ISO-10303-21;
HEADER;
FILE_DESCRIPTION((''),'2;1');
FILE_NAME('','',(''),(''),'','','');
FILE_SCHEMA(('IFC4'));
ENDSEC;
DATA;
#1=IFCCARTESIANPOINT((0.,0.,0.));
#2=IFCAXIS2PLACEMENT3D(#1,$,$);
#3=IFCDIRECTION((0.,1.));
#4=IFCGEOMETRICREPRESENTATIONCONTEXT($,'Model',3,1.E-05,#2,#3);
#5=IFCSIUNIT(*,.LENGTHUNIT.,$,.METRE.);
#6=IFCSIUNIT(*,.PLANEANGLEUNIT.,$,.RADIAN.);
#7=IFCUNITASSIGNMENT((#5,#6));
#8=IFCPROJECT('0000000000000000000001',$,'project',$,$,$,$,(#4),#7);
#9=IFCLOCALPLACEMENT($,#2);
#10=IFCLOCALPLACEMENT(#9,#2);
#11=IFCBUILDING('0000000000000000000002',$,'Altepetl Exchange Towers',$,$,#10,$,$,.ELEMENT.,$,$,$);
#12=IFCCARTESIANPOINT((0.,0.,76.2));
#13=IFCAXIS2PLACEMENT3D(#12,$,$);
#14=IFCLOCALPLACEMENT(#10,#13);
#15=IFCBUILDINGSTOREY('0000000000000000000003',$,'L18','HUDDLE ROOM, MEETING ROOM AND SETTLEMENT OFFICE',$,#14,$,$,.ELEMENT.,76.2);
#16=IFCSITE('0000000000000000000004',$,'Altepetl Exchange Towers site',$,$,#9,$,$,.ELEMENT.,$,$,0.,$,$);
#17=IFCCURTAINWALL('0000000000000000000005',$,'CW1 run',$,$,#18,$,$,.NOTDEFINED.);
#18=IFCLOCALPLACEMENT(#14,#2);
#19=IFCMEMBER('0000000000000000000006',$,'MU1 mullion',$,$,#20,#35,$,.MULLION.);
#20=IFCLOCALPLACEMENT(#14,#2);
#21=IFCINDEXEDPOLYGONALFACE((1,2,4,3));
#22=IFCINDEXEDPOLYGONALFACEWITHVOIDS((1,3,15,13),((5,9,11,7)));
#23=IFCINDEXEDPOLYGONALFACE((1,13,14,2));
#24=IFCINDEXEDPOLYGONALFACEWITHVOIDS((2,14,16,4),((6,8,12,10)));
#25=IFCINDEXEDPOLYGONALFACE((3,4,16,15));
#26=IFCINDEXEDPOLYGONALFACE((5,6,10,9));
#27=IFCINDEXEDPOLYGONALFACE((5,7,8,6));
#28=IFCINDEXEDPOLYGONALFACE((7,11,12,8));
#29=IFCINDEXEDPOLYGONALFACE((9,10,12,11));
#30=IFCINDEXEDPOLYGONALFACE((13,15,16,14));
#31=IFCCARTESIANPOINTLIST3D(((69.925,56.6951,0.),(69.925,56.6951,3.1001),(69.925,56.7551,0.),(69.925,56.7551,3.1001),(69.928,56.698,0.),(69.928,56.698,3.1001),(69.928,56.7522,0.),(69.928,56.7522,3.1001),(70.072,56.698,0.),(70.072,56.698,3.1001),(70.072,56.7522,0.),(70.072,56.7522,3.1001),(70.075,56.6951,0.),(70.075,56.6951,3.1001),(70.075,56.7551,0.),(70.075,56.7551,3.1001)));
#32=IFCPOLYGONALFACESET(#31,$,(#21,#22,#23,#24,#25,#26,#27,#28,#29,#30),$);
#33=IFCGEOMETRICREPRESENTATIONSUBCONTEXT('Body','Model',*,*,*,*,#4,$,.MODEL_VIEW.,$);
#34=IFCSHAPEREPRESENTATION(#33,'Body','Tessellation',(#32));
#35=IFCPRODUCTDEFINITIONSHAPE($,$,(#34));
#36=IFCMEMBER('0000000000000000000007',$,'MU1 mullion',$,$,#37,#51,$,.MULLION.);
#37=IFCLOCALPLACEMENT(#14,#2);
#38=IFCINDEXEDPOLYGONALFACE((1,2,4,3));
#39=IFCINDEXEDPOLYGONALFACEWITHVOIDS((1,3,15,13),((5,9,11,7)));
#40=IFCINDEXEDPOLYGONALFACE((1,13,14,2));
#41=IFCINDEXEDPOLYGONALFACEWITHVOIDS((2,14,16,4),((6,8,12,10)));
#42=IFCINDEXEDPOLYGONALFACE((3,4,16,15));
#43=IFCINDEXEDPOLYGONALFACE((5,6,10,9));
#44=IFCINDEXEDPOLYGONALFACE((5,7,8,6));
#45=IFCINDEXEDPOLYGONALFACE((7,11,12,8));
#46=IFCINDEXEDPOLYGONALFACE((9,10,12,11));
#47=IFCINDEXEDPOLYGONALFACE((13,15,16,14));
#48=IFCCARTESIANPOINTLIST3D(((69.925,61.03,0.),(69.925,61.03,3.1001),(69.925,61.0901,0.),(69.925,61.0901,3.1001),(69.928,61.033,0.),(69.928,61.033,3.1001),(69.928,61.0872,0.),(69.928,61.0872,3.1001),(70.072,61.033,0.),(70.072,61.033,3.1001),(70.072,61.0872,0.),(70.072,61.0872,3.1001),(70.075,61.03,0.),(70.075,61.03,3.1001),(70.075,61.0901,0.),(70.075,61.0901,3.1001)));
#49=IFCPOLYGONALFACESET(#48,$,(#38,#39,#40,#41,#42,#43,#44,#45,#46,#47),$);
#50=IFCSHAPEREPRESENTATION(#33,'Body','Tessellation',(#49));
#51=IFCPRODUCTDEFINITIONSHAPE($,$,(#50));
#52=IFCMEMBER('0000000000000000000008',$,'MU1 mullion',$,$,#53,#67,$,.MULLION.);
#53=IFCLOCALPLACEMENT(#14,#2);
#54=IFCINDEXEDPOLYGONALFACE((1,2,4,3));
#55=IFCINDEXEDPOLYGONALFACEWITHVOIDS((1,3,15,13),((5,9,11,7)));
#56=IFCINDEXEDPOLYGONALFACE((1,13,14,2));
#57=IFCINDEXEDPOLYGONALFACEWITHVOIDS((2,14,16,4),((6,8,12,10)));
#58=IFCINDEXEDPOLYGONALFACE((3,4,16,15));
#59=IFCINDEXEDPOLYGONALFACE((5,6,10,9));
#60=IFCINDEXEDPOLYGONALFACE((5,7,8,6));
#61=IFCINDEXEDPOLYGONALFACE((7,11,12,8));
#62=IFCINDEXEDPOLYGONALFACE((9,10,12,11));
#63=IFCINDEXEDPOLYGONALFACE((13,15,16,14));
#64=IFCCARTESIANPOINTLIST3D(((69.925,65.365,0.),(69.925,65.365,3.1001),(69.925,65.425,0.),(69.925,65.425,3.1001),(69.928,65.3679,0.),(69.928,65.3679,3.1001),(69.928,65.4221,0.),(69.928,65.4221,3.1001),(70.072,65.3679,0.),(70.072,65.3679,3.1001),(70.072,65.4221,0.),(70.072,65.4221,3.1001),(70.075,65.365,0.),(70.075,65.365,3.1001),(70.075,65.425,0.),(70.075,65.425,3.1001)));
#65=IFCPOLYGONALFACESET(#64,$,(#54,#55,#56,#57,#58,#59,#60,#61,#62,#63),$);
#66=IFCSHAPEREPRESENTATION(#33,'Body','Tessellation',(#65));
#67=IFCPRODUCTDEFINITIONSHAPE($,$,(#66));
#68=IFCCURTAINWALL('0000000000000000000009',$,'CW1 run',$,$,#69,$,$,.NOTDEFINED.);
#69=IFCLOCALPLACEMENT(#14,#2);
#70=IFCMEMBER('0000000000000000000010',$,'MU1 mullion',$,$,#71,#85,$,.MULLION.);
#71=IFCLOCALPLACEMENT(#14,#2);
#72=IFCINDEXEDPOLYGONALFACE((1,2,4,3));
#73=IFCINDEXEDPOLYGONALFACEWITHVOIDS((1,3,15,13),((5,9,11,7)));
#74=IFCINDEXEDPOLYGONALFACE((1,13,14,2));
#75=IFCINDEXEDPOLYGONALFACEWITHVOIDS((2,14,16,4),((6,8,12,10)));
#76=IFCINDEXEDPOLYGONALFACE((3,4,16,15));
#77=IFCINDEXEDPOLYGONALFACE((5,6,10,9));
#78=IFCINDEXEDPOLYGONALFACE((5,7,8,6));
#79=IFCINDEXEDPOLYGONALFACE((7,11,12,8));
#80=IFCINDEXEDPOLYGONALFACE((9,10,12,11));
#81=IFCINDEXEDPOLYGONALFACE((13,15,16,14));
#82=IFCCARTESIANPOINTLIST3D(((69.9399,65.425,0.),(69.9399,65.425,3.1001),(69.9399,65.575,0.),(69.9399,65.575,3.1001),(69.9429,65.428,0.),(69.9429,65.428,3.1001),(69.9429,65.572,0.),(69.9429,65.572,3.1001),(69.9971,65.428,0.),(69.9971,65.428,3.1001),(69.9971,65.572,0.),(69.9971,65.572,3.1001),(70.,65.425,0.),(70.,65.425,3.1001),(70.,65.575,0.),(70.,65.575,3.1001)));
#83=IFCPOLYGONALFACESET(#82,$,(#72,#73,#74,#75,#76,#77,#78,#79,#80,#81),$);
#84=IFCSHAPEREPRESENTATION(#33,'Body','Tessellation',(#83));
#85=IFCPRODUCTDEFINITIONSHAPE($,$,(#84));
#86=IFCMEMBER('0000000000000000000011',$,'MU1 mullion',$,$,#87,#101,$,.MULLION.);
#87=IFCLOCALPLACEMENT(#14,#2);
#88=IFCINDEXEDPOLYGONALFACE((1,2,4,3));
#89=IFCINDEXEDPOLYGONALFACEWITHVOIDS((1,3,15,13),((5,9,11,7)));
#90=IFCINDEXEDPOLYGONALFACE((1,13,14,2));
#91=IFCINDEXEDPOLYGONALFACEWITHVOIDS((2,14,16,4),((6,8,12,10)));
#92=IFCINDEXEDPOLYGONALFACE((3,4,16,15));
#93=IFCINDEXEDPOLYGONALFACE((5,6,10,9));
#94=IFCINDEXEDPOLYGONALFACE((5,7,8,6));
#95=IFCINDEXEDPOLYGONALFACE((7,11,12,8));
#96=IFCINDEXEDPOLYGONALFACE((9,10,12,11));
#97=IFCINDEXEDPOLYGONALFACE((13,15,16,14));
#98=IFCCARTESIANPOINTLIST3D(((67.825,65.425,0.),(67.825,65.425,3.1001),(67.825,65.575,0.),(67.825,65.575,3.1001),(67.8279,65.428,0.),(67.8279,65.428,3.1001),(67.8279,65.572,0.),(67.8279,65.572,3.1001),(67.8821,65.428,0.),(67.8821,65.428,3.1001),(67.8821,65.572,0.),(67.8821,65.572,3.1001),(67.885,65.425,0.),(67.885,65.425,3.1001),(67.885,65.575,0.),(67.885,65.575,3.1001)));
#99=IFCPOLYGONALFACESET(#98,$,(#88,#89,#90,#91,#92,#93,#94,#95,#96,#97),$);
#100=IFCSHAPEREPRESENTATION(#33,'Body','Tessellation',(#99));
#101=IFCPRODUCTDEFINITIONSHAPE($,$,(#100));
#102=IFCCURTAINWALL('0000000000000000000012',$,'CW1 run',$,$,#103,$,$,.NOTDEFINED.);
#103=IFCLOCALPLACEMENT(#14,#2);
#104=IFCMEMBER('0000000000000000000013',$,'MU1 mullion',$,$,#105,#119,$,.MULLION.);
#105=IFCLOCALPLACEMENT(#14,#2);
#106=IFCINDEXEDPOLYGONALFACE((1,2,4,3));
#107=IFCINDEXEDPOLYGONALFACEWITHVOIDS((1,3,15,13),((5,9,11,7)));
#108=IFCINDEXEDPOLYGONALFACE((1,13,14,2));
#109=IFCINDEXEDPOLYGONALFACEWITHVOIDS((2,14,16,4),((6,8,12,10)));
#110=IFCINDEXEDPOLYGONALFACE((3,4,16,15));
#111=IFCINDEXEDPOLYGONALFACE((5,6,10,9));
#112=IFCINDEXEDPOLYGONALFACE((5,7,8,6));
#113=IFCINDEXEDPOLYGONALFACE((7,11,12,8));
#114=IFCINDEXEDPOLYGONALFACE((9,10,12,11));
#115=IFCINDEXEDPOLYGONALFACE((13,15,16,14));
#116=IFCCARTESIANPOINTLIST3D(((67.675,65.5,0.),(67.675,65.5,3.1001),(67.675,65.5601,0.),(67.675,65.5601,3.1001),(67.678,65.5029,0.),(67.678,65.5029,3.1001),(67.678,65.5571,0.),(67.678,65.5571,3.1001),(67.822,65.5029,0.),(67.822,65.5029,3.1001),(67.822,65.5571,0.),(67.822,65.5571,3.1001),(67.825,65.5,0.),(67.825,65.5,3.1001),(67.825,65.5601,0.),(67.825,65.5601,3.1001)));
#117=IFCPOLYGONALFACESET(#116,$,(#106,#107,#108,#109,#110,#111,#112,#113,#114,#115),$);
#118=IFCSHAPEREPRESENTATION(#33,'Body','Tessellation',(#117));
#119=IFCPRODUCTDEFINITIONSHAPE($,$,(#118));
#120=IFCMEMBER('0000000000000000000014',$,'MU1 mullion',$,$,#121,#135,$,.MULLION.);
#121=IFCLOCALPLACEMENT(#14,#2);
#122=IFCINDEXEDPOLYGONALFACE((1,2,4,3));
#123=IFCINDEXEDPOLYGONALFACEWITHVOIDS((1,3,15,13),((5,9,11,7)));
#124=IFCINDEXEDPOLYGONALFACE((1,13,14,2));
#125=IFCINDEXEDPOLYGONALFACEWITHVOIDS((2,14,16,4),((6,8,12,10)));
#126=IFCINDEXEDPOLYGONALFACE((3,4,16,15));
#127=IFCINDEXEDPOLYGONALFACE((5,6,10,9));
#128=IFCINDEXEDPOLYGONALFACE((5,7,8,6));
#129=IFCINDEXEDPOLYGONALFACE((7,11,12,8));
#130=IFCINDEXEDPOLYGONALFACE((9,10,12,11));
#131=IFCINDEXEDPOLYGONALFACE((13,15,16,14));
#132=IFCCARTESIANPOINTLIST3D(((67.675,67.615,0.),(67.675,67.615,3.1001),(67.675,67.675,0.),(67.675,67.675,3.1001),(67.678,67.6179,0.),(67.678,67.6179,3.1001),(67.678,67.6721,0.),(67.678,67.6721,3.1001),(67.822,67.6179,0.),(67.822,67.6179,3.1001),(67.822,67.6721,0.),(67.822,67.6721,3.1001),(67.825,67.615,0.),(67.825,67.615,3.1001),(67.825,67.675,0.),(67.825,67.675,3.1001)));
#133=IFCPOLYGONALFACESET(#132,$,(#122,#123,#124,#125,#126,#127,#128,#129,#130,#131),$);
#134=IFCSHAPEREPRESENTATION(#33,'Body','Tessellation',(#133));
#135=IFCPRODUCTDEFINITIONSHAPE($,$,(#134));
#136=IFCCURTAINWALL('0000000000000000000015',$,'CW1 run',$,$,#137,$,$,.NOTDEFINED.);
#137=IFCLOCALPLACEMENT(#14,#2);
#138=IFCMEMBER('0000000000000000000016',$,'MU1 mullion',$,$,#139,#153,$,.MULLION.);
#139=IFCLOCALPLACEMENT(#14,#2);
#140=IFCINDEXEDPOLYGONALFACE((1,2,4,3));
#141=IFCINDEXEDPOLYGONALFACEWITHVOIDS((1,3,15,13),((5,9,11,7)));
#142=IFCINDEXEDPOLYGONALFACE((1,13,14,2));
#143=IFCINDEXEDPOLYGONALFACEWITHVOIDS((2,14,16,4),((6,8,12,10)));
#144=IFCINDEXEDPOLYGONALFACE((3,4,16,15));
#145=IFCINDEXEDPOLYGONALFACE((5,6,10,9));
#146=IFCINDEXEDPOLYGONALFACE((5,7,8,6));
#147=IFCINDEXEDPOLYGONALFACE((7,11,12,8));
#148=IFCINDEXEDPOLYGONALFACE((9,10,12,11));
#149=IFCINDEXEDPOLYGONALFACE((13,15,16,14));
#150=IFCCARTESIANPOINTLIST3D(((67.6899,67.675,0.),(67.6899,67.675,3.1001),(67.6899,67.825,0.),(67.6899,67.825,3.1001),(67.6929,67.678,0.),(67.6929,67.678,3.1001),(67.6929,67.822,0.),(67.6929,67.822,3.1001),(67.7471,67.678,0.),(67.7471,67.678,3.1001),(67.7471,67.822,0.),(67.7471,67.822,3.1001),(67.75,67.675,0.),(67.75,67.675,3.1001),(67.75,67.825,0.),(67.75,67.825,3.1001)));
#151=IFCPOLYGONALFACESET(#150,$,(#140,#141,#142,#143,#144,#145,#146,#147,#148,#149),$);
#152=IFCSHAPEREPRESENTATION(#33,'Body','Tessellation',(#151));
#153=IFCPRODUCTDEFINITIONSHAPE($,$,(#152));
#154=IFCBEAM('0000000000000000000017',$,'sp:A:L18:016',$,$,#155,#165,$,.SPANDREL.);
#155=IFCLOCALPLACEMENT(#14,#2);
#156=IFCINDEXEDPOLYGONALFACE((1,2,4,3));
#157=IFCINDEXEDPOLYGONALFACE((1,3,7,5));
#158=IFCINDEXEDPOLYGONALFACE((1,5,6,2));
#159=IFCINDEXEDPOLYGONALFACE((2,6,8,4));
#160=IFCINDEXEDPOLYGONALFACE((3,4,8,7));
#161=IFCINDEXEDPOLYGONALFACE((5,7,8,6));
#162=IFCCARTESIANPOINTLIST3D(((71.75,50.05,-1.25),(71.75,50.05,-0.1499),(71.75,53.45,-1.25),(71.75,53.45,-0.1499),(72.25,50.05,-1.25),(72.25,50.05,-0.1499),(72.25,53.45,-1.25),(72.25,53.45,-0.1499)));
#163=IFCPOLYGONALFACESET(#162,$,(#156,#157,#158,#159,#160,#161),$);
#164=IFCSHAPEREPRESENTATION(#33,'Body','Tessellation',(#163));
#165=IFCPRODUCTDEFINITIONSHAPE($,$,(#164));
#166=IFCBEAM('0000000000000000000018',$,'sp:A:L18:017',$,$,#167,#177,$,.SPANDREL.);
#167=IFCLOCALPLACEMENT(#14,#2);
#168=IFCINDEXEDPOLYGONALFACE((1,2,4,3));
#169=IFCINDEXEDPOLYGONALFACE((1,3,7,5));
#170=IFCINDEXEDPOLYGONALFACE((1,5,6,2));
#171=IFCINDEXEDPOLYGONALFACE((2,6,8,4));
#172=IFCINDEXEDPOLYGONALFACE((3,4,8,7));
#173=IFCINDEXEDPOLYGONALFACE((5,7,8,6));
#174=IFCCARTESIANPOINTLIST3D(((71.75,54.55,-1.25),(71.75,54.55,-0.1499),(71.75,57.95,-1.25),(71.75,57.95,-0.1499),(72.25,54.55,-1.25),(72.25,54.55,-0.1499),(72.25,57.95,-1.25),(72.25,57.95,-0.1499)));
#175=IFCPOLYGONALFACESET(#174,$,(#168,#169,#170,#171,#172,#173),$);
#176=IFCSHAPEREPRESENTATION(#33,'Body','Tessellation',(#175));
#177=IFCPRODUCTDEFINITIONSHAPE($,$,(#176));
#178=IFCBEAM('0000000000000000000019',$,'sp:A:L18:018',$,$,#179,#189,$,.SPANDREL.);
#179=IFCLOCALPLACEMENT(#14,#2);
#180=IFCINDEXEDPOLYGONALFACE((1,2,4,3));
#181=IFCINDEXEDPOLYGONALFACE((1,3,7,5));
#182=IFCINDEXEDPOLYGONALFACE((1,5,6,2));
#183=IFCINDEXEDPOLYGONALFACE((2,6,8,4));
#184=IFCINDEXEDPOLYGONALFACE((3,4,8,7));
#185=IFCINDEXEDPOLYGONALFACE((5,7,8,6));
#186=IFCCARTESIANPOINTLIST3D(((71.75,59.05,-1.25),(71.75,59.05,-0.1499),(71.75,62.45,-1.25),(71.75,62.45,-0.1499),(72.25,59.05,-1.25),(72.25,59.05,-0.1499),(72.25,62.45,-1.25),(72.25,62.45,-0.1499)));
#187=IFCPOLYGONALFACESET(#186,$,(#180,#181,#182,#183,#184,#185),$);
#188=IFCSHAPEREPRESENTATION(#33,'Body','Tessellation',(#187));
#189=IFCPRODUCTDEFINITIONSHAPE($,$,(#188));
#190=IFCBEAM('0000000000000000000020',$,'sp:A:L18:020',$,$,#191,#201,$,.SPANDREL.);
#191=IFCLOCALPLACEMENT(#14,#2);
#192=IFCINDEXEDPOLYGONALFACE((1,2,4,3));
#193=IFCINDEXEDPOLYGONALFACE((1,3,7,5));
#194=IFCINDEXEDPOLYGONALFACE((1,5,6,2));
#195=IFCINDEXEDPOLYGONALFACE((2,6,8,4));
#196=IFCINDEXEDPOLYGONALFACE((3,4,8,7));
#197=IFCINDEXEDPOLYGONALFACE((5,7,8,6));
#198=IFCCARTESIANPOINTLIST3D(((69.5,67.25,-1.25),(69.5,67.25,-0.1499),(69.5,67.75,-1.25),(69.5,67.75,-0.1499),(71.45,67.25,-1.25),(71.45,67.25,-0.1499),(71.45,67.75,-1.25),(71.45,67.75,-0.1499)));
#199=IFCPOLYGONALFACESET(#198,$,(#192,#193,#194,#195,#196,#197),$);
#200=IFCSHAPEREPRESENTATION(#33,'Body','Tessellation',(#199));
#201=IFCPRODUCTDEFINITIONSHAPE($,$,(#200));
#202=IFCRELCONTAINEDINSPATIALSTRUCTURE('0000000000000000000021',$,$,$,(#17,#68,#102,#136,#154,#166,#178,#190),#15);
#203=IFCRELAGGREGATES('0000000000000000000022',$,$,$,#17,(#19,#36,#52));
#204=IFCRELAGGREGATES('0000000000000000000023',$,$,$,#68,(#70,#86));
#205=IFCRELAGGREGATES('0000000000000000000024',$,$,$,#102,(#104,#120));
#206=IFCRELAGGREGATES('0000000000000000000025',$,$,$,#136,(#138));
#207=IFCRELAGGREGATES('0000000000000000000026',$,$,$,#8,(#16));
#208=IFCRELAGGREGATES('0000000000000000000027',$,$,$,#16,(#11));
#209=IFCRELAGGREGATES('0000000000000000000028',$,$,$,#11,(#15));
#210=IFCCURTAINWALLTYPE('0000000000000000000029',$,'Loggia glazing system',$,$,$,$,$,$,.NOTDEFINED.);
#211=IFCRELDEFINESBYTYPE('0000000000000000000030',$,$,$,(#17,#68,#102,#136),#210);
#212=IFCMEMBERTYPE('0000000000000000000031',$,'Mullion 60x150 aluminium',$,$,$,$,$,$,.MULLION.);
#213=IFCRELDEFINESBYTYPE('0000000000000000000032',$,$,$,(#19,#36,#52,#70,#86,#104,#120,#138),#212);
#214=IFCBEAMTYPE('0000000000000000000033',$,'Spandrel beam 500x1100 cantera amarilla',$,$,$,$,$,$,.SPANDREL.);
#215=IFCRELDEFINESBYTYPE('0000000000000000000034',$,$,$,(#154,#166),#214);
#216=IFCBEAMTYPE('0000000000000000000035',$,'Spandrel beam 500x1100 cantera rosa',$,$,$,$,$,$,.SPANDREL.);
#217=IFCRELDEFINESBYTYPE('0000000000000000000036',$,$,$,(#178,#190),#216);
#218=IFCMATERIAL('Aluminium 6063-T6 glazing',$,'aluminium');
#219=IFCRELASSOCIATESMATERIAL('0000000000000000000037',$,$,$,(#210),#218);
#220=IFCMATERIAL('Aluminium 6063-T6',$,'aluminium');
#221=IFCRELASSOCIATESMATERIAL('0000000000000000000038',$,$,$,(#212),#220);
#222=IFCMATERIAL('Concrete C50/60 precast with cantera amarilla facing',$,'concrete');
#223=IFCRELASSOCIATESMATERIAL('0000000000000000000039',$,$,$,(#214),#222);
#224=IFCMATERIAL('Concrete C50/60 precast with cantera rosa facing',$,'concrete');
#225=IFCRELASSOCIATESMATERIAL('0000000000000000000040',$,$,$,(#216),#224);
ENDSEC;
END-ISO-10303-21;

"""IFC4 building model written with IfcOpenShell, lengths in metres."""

from ifc_helpers import new_model, si_unit, direction, frame, origin, origin_2d, place, context, subcontext, project, spatial, rectangle, hollow_rectangle, extrude, material, material_profile, profile_set, type_object, element, aggregate, save


model = new_model("IFC4")

# Units and contexts
model_context = context("Model", 3, precision=1e-05, world=origin(), true_north=direction((0.0, 1.0)))
body_context = subcontext(model_context, "Body", "Model", "MODEL_VIEW")
ifc_project = project(units=[si_unit("LENGTHUNIT", "METRE"), si_unit("PLANEANGLEUNIT", "RADIAN")], contexts=[model_context])

# Site, building, storey
site_placement = place(None, origin())
site = spatial("IfcSite", under=ifc_project, at=site_placement, Name="Altepetl Exchange Towers site", CompositionType="ELEMENT", RefElevation=0.0)
building_placement = place(site_placement, origin())
building = spatial("IfcBuilding", under=site, at=building_placement, Name="Altepetl Exchange Towers", CompositionType="ELEMENT")
storey_placement = place(building_placement, frame((0.0, 0.0, 76.2)))
storey = spatial("IfcBuildingStorey", under=building, at=storey_placement, Name="L18", Description="HUDDLE ROOM, MEETING ROOM AND SETTLEMENT OFFICE", CompositionType="ELEMENT", Elevation=76.2)

# Curtain walls, members
ifc_material_1 = material(Name="Aluminium 6063-T6 glazing", Category="aluminium")
curtain_wall_type = type_object("IfcCurtainWallType", Name="Loggia glazing system", PredefinedType="NOTDEFINED", material=ifc_material_1)
ifc_material_2 = material(Name="Aluminium 6063-T6", Category="aluminium")
ifc_material_profile_1 = material_profile(ifc_material_2, hollow_rectangle(XDim=0.0601, YDim=0.1499, WallThickness=0.0029, at=origin_2d()), Name="Mullion 60x150 aluminium")
ifc_profile_set_1 = profile_set([ifc_material_profile_1], Name="Aluminium 6063-T6")
member_type = type_object("IfcMemberType", Name="Mullion 60x150 aluminium", PredefinedType="MULLION", material=ifc_profile_set_1)
curtain_wall_1_placement = place(storey_placement, origin())
curtain_wall_1 = element("IfcCurtainWall", 1, at=curtain_wall_1_placement, inside=storey, type_object=curtain_wall_type, Name="CW1 run", PredefinedType="NOTDEFINED")
member_1_placement = place(storey_placement, frame((70.0, 56.7251, 0.0), z_axis=(0.0, 0.0, 1.0), x_axis=(0.0, 1.0, 0.0)))
member_1 = element("IfcMember", 2, at=member_1_placement, type_object=member_type, Name="MU1 mullion", PredefinedType="MULLION", context=body_context, shape_type="SweptSolid", body=[
    extrude(hollow_rectangle(XDim=0.0601, YDim=0.1499, WallThickness=0.0029, at=origin_2d()), origin(), (0.0, 0.0, 1.0), 3.1001),
])
member_2_placement = place(storey_placement, frame((70.0, 61.0601, 0.0), z_axis=(0.0, 0.0, 1.0), x_axis=(0.0, 1.0, 0.0)))
member_2 = element("IfcMember", 3, at=member_2_placement, type_object=member_type, Name="MU1 mullion", PredefinedType="MULLION", context=body_context, shape_type="SweptSolid", body=[
    extrude(hollow_rectangle(XDim=0.0601, YDim=0.1499, WallThickness=0.0029, at=origin_2d()), origin(), (0.0, 0.0, 1.0), 3.1001),
])
member_3_placement = place(storey_placement, frame((70.0, 65.395, 0.0), z_axis=(0.0, 0.0, 1.0), x_axis=(0.0, 1.0, 0.0)))
member_3 = element("IfcMember", 4, at=member_3_placement, type_object=member_type, Name="MU1 mullion", PredefinedType="MULLION", context=body_context, shape_type="SweptSolid", body=[
    extrude(hollow_rectangle(XDim=0.0601, YDim=0.1499, WallThickness=0.0029, at=origin_2d()), origin(), (0.0, 0.0, 1.0), 3.1001),
])
curtain_wall_2_placement = place(storey_placement, origin())
curtain_wall_2 = element("IfcCurtainWall", 5, at=curtain_wall_2_placement, inside=storey, type_object=curtain_wall_type, Name="CW1 run", PredefinedType="NOTDEFINED")
member_4_placement = place(storey_placement, frame((69.97, 65.5, 0.0), z_axis=(0.0, 0.0, 1.0), x_axis=(-1.0, 0.0, 0.0)))
member_4 = element("IfcMember", 6, at=member_4_placement, type_object=member_type, Name="MU1 mullion", PredefinedType="MULLION", context=body_context, shape_type="SweptSolid", body=[
    extrude(hollow_rectangle(XDim=0.0601, YDim=0.1499, WallThickness=0.0029, at=origin_2d()), origin(), (0.0, 0.0, 1.0), 3.1001),
])
member_5_placement = place(storey_placement, frame((67.855, 65.5, 0.0), z_axis=(0.0, 0.0, 1.0), x_axis=(-1.0, 0.0, 0.0)))
member_5 = element("IfcMember", 7, at=member_5_placement, type_object=member_type, Name="MU1 mullion", PredefinedType="MULLION", context=body_context, shape_type="SweptSolid", body=[
    extrude(hollow_rectangle(XDim=0.0601, YDim=0.1499, WallThickness=0.0029, at=origin_2d()), origin(), (0.0, 0.0, 1.0), 3.1001),
])
curtain_wall_3_placement = place(storey_placement, origin())
curtain_wall_3 = element("IfcCurtainWall", 8, at=curtain_wall_3_placement, inside=storey, type_object=curtain_wall_type, Name="CW1 run", PredefinedType="NOTDEFINED")
member_6_placement = place(storey_placement, frame((67.75, 65.53, 0.0), z_axis=(0.0, 0.0, 1.0), x_axis=(0.0, 1.0, 0.0)))
member_6 = element("IfcMember", 9, at=member_6_placement, type_object=member_type, Name="MU1 mullion", PredefinedType="MULLION", context=body_context, shape_type="SweptSolid", body=[
    extrude(hollow_rectangle(XDim=0.0601, YDim=0.1499, WallThickness=0.0029, at=origin_2d()), origin(), (0.0, 0.0, 1.0), 3.1001),
])
member_7_placement = place(storey_placement, frame((67.75, 67.645, 0.0), z_axis=(0.0, 0.0, 1.0), x_axis=(0.0, 1.0, 0.0)))
member_7 = element("IfcMember", 10, at=member_7_placement, type_object=member_type, Name="MU1 mullion", PredefinedType="MULLION", context=body_context, shape_type="SweptSolid", body=[
    extrude(hollow_rectangle(XDim=0.0601, YDim=0.1499, WallThickness=0.0029, at=origin_2d()), origin(), (0.0, 0.0, 1.0), 3.1001),
])

# Curtain wall, member
curtain_wall_4_placement = place(storey_placement, origin())
curtain_wall_4 = element("IfcCurtainWall", 11, at=curtain_wall_4_placement, inside=storey, type_object=curtain_wall_type, Name="CW1 run", PredefinedType="NOTDEFINED")
member_8_placement = place(storey_placement, frame((67.72, 67.75, 0.0), z_axis=(0.0, 0.0, 1.0), x_axis=(-1.0, 0.0, 0.0)))
member_8 = element("IfcMember", 12, at=member_8_placement, type_object=member_type, Name="MU1 mullion", PredefinedType="MULLION", context=body_context, shape_type="SweptSolid", body=[
    extrude(hollow_rectangle(XDim=0.0601, YDim=0.1499, WallThickness=0.0029, at=origin_2d()), origin(), (0.0, 0.0, 1.0), 3.1001),
])

# Beams
ifc_material_3 = material(Name="Concrete C50/60 precast with cantera amarilla facing", Category="concrete")
ifc_material_profile_2 = material_profile(ifc_material_3, rectangle(XDim=0.5, YDim=1.1001, at=origin_2d()), Name="500 x 1100")
ifc_profile_set_2 = profile_set([ifc_material_profile_2], Name="Concrete C50/60 precast with cantera amarilla facing")
beam_type_1 = type_object("IfcBeamType", Name="Spandrel beam 500x1100 cantera amarilla", PredefinedType="SPANDREL", material=ifc_profile_set_2)
for number, where, z_axis, x_axis, name in (
    (13, (72.0, 50.05, -0.7), (0.0, 1.0, 0.0), (-1.0, 0.0, 0.0), "sp:A:L18:016"),
    (14, (72.0, 54.55, -0.7), (0.0, 1.0, 0.0), (-1.0, 0.0, 0.0), "sp:A:L18:017"),
):
    element("IfcBeam", number, at=place(storey_placement, frame(where, z_axis=z_axis, x_axis=x_axis)), inside=storey, type_object=beam_type_1, Name=name, PredefinedType="SPANDREL", context=body_context, shape_type="SweptSolid", body=[
        extrude(rectangle(XDim=0.5, YDim=1.1001, at=origin_2d()), origin(), (0.0, 0.0, 1.0), 3.3999),
    ])
ifc_material_4 = material(Name="Concrete C50/60 precast with cantera rosa facing", Category="concrete")
ifc_material_profile_3 = material_profile(ifc_material_4, rectangle(XDim=0.5, YDim=1.1001, at=origin_2d()), Name="500 x 1100")
ifc_profile_set_3 = profile_set([ifc_material_profile_3], Name="Concrete C50/60 precast with cantera rosa facing")
beam_type_2 = type_object("IfcBeamType", Name="Spandrel beam 500x1100 cantera rosa", PredefinedType="SPANDREL", material=ifc_profile_set_3)
beam_1_placement = place(storey_placement, frame((72.0, 59.05, -0.7), z_axis=(0.0, 1.0, 0.0), x_axis=(-1.0, 0.0, 0.0)))
element("IfcBeam", 15, at=beam_1_placement, inside=storey, type_object=beam_type_2, Name="sp:A:L18:018", PredefinedType="SPANDREL", context=body_context, shape_type="SweptSolid", body=[
    extrude(rectangle(XDim=0.5, YDim=1.1001, at=origin_2d()), origin(), (0.0, 0.0, 1.0), 3.3999),
])
beam_2_placement = place(storey_placement, frame((71.45, 67.5, -0.7), z_axis=(-1.0, 0.0, 0.0), x_axis=(0.0, -1.0, 0.0)))
element("IfcBeam", 16, at=beam_2_placement, inside=storey, type_object=beam_type_2, Name="sp:A:L18:020", PredefinedType="SPANDREL", context=body_context, shape_type="SweptSolid", body=[
    extrude(rectangle(XDim=0.5, YDim=1.1001, at=origin_2d()), origin(), (0.0, 0.0, 1.0), 1.95),
])

aggregate(curtain_wall_1, [member_1, member_2, member_3])
aggregate(curtain_wall_2, [member_4, member_5])
aggregate(curtain_wall_3, [member_6, member_7])
aggregate(curtain_wall_4, [member_8])

save(model, "model.ifc")
